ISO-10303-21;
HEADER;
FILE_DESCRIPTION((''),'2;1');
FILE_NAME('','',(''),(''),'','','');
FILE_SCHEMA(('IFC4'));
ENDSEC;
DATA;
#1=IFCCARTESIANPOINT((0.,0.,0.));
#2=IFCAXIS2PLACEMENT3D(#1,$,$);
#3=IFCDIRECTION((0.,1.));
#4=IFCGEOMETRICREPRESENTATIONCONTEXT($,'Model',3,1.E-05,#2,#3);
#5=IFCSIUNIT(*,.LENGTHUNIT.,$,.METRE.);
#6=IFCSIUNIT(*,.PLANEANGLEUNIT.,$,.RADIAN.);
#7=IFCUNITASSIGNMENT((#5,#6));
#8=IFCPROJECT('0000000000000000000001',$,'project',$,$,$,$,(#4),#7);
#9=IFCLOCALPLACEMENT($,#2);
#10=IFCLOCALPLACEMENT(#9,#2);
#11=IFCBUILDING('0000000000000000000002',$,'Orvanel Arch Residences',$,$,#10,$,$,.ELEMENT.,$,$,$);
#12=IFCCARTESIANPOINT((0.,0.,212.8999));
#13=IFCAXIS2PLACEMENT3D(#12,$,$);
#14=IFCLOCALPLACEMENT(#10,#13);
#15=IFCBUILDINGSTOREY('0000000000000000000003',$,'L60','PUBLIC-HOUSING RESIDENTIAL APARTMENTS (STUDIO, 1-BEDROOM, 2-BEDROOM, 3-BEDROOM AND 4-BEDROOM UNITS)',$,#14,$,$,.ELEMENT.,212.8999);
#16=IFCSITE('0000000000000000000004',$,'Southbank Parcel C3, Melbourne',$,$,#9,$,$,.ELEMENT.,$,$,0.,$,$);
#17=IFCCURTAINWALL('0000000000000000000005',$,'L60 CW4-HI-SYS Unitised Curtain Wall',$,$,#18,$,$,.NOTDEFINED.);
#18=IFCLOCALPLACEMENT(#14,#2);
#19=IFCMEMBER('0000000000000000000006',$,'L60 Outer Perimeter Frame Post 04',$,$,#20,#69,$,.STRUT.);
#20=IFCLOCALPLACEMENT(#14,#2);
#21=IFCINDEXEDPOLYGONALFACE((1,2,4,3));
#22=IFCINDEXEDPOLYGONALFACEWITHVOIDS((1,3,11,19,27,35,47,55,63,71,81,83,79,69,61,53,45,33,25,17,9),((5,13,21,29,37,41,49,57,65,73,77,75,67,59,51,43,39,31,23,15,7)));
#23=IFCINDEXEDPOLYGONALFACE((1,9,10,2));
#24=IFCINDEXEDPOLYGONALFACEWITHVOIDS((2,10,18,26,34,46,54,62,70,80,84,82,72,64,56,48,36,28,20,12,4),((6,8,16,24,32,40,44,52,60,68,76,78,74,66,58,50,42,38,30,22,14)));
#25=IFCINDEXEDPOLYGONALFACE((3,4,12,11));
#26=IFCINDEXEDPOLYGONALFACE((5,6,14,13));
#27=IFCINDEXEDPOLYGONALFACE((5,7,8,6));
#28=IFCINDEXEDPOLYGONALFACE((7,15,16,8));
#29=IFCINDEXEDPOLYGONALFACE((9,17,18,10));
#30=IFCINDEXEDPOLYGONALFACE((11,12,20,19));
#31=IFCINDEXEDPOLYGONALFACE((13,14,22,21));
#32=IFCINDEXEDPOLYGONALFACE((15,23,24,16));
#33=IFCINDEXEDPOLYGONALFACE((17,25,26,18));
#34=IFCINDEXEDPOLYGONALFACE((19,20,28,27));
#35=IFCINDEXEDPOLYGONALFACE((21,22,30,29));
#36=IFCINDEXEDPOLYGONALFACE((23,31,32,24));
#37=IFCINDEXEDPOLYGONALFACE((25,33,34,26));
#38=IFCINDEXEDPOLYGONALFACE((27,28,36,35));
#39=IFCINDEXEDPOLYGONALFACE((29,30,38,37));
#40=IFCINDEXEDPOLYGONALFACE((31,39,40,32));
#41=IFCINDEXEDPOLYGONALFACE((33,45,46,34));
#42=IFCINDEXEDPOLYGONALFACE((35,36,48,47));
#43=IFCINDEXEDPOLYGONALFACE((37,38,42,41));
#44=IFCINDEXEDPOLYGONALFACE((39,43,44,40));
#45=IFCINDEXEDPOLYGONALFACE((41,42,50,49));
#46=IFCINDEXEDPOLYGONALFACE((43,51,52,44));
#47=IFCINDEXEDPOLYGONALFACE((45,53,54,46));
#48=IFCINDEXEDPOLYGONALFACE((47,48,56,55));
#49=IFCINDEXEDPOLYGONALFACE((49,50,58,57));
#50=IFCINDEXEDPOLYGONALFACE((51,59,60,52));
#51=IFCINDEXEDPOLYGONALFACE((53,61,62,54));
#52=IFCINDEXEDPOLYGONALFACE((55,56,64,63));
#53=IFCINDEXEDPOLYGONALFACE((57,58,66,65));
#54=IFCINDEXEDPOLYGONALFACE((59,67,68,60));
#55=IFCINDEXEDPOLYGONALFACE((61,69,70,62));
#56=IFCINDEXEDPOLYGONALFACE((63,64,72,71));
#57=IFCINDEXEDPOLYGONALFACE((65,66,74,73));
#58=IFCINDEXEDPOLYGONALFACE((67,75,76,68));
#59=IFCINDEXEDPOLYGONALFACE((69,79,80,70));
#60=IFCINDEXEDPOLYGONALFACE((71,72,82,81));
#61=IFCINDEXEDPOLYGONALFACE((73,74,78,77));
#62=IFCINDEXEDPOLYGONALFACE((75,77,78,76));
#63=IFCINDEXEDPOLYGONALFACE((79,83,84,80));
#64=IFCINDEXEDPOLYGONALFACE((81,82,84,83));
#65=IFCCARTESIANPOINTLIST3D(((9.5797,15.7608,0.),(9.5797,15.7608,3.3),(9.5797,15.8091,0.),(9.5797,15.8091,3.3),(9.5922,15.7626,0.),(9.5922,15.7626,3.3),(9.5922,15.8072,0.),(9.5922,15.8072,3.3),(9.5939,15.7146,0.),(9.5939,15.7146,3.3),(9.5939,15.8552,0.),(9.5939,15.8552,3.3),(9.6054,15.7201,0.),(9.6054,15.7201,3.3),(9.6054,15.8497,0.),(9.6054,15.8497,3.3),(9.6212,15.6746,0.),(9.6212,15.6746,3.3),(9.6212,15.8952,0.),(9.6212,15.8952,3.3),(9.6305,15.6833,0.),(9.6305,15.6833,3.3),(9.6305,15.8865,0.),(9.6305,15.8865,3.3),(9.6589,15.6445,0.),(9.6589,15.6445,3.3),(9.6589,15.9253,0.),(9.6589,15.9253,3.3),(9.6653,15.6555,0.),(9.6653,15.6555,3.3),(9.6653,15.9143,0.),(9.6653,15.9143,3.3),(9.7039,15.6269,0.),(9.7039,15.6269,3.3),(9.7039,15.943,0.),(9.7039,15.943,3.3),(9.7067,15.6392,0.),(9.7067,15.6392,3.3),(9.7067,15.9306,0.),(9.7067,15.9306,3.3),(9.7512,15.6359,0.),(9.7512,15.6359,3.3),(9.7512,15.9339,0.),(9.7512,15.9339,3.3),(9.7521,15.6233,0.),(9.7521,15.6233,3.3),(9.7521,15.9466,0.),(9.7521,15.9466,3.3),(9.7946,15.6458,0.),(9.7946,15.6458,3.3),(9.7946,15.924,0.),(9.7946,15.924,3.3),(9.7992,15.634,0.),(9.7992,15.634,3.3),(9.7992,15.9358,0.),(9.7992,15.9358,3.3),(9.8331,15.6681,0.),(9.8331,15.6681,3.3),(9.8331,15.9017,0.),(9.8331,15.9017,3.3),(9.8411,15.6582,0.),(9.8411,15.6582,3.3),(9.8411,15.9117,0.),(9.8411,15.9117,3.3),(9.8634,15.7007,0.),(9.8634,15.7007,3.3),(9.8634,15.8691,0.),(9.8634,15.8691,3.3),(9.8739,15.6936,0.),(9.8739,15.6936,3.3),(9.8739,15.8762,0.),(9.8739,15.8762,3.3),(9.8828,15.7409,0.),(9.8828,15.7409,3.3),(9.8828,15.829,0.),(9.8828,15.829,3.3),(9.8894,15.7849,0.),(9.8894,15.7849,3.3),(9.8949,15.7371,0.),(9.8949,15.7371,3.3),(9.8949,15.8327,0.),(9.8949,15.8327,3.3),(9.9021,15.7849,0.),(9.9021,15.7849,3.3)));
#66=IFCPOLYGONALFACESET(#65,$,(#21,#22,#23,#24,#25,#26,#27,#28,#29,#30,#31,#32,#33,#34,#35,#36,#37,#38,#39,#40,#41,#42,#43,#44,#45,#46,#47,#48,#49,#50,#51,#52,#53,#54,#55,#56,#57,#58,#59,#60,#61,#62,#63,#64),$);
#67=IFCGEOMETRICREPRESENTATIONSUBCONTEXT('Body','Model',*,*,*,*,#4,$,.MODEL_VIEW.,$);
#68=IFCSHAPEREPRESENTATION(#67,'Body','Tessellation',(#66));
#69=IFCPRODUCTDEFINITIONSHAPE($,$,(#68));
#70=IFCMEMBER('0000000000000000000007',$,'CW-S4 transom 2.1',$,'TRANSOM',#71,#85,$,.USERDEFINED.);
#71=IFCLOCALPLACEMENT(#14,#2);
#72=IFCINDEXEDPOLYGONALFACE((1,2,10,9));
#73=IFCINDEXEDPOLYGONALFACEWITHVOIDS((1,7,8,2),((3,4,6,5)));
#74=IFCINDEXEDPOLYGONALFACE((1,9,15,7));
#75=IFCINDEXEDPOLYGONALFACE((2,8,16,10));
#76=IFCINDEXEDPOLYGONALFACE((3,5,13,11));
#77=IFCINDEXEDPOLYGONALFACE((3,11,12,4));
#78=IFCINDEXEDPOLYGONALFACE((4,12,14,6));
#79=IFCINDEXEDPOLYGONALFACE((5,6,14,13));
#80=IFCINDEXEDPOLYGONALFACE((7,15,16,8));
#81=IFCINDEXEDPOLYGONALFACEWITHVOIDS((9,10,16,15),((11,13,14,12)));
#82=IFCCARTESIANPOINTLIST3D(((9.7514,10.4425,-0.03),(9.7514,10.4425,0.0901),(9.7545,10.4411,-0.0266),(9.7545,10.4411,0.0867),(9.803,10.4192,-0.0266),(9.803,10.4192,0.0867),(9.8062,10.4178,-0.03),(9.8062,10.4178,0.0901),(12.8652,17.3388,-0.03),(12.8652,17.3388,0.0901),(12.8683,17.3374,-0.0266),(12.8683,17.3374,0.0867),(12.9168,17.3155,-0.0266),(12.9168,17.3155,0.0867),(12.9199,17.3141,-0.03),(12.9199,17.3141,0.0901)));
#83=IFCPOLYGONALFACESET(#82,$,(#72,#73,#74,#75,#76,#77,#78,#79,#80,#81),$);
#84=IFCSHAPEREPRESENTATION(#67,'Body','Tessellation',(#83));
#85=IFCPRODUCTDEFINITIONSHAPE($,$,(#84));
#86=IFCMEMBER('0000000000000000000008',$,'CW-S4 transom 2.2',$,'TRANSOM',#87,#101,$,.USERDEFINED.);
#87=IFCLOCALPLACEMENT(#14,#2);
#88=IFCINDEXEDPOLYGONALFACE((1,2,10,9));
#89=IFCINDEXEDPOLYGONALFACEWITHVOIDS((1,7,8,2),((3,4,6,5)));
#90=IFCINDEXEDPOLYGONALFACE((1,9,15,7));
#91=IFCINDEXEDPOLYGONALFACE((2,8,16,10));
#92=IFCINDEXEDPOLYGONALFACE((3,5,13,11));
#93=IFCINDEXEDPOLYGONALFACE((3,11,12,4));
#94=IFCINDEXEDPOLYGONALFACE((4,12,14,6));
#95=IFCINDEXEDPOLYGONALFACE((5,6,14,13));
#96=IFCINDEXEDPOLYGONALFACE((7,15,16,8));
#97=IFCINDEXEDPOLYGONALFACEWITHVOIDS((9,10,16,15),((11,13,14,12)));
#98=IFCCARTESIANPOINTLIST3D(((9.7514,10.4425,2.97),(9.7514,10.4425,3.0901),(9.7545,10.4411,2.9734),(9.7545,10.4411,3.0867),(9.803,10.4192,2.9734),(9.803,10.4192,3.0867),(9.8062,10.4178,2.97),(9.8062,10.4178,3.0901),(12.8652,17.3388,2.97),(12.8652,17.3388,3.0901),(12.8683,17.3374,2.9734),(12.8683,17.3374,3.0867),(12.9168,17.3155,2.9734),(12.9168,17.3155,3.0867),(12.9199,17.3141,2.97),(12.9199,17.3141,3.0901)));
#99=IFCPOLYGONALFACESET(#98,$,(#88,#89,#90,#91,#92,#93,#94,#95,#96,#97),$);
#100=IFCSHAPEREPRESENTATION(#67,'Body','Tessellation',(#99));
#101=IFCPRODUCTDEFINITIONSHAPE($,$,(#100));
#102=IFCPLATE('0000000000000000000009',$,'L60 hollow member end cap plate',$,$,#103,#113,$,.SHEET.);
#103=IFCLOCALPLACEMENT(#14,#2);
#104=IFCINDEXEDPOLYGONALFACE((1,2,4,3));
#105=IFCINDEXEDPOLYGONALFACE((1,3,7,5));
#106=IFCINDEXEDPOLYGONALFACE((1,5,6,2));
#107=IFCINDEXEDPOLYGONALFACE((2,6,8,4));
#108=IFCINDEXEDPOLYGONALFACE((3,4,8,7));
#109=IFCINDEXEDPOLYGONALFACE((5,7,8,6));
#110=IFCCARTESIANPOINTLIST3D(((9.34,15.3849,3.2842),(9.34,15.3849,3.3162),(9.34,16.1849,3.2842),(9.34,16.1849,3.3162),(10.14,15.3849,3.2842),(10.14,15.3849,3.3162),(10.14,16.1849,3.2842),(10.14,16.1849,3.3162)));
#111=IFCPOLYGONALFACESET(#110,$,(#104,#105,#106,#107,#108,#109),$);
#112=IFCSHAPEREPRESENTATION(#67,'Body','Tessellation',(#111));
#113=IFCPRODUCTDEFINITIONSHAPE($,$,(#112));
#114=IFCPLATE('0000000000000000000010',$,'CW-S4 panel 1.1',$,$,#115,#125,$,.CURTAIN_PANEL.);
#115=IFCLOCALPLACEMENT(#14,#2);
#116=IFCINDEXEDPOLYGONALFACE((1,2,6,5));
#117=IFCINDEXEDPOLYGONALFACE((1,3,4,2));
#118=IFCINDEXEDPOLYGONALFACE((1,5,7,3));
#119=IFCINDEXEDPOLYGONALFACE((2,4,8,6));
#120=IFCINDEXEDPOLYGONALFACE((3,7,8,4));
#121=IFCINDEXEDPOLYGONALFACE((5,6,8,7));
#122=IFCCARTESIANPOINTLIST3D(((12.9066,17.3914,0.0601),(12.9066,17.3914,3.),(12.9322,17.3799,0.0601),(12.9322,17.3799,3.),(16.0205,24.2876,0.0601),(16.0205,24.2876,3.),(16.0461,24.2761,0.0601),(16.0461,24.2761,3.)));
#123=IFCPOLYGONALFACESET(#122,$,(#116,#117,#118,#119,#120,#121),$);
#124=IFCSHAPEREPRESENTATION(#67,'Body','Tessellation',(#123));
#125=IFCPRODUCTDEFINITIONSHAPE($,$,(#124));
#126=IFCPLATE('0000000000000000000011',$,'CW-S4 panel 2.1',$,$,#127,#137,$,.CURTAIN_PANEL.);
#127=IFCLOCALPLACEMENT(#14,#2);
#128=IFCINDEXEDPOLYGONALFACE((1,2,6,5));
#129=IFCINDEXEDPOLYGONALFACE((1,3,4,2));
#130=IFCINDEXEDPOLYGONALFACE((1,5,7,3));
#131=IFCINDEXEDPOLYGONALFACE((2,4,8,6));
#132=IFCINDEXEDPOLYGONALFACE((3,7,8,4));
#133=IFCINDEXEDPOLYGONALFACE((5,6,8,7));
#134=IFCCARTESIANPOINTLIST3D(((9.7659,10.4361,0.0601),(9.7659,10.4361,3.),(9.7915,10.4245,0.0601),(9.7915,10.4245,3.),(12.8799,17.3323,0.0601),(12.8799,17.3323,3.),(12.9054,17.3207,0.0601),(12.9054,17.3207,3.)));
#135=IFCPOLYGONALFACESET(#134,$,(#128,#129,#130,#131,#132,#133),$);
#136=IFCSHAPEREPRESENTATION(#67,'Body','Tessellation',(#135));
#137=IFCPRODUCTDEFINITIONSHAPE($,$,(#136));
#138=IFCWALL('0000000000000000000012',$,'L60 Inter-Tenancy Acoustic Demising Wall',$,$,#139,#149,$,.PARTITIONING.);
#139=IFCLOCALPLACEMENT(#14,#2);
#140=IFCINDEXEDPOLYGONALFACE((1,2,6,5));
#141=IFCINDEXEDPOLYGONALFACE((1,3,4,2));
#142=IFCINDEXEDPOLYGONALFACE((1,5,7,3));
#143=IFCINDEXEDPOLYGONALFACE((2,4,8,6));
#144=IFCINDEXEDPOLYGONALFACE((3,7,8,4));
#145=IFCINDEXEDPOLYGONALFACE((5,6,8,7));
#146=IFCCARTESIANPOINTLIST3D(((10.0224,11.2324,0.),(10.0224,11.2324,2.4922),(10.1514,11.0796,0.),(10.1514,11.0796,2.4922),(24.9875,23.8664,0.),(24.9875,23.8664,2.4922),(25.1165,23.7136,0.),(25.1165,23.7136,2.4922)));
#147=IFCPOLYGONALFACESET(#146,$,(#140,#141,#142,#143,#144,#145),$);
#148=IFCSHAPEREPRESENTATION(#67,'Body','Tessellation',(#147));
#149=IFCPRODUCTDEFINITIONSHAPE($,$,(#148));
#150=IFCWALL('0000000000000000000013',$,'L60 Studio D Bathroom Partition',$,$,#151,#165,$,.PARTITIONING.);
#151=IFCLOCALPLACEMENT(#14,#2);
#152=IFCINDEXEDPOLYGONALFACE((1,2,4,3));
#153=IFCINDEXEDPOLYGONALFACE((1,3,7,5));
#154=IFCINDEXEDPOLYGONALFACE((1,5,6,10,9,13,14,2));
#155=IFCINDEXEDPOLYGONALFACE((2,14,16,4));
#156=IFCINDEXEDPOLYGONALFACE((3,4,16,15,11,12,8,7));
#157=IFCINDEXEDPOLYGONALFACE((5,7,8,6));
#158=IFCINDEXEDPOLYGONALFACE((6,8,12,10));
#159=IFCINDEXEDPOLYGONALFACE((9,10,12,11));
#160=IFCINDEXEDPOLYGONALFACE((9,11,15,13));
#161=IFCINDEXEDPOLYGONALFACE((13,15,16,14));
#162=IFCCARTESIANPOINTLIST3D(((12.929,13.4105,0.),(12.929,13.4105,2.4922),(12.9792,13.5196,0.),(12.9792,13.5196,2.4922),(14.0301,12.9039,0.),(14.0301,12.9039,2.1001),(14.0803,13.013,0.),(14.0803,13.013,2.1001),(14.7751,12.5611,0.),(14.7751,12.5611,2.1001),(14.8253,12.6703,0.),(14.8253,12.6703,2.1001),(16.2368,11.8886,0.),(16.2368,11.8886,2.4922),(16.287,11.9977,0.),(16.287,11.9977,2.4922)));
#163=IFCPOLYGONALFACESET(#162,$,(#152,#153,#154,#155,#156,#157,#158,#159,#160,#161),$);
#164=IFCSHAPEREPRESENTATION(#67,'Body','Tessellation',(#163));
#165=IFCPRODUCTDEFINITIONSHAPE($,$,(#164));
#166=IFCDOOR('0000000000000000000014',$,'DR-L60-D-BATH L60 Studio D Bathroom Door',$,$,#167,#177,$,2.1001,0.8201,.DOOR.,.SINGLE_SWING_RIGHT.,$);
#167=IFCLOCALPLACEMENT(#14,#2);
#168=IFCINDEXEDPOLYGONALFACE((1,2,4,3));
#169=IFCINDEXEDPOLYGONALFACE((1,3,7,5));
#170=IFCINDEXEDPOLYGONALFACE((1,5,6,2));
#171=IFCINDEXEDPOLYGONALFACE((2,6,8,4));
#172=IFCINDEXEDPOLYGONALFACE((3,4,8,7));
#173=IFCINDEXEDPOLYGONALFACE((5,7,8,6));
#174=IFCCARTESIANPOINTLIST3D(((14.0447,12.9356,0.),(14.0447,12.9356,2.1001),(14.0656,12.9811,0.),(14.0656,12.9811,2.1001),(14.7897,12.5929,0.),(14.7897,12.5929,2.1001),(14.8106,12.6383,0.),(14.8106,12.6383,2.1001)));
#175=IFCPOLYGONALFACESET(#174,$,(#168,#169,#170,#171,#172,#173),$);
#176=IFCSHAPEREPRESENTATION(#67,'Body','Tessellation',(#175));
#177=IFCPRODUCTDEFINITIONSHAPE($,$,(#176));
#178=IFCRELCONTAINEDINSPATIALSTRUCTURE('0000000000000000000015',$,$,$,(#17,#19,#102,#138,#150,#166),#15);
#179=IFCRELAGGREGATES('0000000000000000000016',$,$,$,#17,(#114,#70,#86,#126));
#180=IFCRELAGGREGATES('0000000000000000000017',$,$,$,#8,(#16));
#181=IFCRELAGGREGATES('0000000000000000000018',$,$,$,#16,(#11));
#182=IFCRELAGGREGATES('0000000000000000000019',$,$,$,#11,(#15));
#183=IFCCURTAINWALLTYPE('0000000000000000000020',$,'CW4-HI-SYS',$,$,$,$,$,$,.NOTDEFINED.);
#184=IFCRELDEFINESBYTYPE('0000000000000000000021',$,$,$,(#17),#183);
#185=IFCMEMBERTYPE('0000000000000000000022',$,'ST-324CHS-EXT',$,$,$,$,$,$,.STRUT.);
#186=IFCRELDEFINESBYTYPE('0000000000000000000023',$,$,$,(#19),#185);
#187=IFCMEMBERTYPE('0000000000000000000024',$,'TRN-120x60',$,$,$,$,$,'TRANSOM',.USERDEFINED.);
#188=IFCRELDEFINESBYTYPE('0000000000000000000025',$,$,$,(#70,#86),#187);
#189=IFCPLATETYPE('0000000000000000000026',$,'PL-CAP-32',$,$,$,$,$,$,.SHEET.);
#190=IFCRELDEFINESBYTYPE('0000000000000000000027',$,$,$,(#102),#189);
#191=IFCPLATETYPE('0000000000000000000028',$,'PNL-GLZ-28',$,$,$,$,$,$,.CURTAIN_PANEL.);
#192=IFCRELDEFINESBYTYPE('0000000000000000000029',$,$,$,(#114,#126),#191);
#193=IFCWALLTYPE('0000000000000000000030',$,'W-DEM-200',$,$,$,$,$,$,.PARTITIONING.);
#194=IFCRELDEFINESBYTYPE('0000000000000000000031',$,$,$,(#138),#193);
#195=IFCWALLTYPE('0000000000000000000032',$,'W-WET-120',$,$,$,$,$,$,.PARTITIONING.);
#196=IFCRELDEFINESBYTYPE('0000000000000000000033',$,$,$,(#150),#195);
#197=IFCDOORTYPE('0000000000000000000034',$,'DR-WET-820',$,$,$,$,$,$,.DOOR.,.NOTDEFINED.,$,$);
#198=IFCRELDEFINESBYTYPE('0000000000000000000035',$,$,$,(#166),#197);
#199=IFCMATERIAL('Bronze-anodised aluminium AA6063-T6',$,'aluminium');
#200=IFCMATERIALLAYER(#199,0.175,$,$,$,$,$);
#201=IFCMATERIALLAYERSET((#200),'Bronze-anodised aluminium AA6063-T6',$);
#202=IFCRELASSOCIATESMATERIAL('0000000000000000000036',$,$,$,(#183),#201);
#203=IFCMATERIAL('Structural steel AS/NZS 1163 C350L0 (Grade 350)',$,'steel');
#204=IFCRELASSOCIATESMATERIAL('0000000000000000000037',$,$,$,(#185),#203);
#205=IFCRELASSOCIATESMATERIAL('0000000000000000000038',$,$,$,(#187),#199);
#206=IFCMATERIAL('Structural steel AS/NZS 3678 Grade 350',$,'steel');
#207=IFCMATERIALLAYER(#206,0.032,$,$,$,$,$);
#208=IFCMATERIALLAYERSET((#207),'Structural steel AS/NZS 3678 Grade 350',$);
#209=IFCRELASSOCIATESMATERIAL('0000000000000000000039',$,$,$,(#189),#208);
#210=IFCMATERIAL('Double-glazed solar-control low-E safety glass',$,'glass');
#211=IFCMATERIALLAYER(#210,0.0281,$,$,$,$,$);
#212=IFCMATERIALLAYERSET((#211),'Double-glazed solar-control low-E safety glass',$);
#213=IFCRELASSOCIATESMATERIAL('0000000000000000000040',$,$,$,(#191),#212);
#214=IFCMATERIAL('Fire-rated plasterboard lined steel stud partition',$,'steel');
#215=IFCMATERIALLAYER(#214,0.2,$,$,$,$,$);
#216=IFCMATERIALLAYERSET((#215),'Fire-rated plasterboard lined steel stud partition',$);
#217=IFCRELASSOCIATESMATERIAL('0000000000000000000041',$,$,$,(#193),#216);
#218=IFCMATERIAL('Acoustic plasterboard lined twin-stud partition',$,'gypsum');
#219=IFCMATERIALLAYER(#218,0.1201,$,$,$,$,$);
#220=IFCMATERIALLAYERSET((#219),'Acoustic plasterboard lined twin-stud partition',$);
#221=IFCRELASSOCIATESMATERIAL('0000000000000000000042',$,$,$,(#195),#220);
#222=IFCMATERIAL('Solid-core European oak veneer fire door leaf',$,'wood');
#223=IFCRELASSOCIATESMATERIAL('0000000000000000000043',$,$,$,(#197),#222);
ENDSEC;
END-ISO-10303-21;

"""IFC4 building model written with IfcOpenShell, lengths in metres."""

from ifc_helpers import new_model, si_unit, direction, frame, frame_2d, origin, origin_2d, place, context, subcontext, project, spatial, rectangle, hollow_rectangle, hollow_circle, extrude, material, layer, layer_set, material_profile, profile_set, type_object, element, fill, aggregate, save


model = new_model("IFC4")

# Units and contexts
model_context = context("Model", 3, precision=1e-05, world=origin(), true_north=direction((0.0, 1.0)))
body_context = subcontext(model_context, "Body", "Model", "MODEL_VIEW")
ifc_project = project(units=[si_unit("LENGTHUNIT", "METRE"), si_unit("PLANEANGLEUNIT", "RADIAN")], contexts=[model_context])

# Site, building, storey
site_placement = place(None, origin())
site = spatial("IfcSite", under=ifc_project, at=site_placement, Name="Southbank Parcel C3, Melbourne", CompositionType="ELEMENT", RefElevation=0.0)
building_placement = place(site_placement, origin())
building = spatial("IfcBuilding", under=site, at=building_placement, Name="Orvanel Arch Residences", CompositionType="ELEMENT")
storey_placement = place(building_placement, frame((0.0, 0.0, 212.8999)))
storey = spatial("IfcBuildingStorey", under=building, at=storey_placement, Name="L60", Description="PUBLIC-HOUSING RESIDENTIAL APARTMENTS (STUDIO, 1-BEDROOM, 2-BEDROOM, 3-BEDROOM AND 4-BEDROOM UNITS)", CompositionType="ELEMENT", Elevation=212.8999)

# Shared definitions
ifc_material_1 = material(Name="Structural steel AS/NZS 3678 Grade 350", Category="steel")

# Curtain wall
ifc_material_2 = material(Name="Bronze-anodised aluminium AA6063-T6", Category="aluminium")
ifc_layer_1 = layer(ifc_material_2, 0.175)
ifc_layer_set_1 = layer_set([ifc_layer_1], Name="Bronze-anodised aluminium AA6063-T6")
curtain_wall_type = type_object("IfcCurtainWallType", Name="CW4-HI-SYS", PredefinedType="NOTDEFINED", material=ifc_layer_set_1)
curtain_wall_placement = place(storey_placement, origin())
curtain_wall = element("IfcCurtainWall", 1, at=curtain_wall_placement, inside=storey, type_object=curtain_wall_type, Name="L60 CW4-HI-SYS Unitised Curtain Wall", PredefinedType="NOTDEFINED")

# Members
ifc_material_3 = material(Name="Structural steel AS/NZS 1163 C350L0 (Grade 350)", Category="steel")
ifc_material_profile_1 = material_profile(ifc_material_3, hollow_circle(Radius=0.1621, WallThickness=0.0127, at=origin_2d()), Name="CHS324x12.7")
ifc_profile_set_1 = profile_set([ifc_material_profile_1], Name="Structural steel AS/NZS 1163 C350L0 (Grade 350)")
member_type_1 = type_object("IfcMemberType", Name="ST-324CHS-EXT", PredefinedType="STRUT", material=ifc_profile_set_1)
member_1_placement = place(storey_placement, frame((9.74, 15.7849, 0.0), z_axis=(0.0, 0.0, 1.0), x_axis=(1.0, 0.0, 0.0)))
element("IfcMember", 2, at=member_1_placement, inside=storey, type_object=member_type_1, Name="L60 Outer Perimeter Frame Post 04", PredefinedType="STRUT", context=body_context, shape_type="SweptSolid", body=[
    extrude(hollow_circle(Radius=0.1621, WallThickness=0.0127, at=origin_2d()), origin(), (0.0, 0.0, 1.0), 3.3),
])
ifc_material_profile_2 = material_profile(ifc_material_2, hollow_rectangle(XDim=0.0601, YDim=0.1201, WallThickness=0.0034, at=origin_2d()), Name="ALU120x60x3.5")
ifc_profile_set_2 = profile_set([ifc_material_profile_2], Name="Bronze-anodised aluminium AA6063-T6")
member_type_2 = type_object("IfcMemberType", Name="TRN-120x60", ElementType="TRANSOM", PredefinedType="USERDEFINED", material=ifc_profile_set_2)
member_2_placement = place(storey_placement, frame((12.8926, 17.3264, 0.03), z_axis=(-0.411514, -0.911403, 0.0), x_axis=(0.911403, -0.411514, 0.0)))
member_2 = element("IfcMember", 3, at=member_2_placement, type_object=member_type_2, Name="CW-S4 transom 2.1", ObjectType="TRANSOM", PredefinedType="USERDEFINED", context=body_context, shape_type="SweptSolid", body=[
    extrude(hollow_rectangle(XDim=0.0601, YDim=0.1201, WallThickness=0.0034, at=origin_2d()), origin(), (0.0, 0.0, 1.0), 7.5667),
])
member_3_placement = place(storey_placement, frame((12.8926, 17.3264, 3.03), z_axis=(-0.411514, -0.911403, 0.0), x_axis=(0.911403, -0.411514, 0.0)))
member_3 = element("IfcMember", 4, at=member_3_placement, type_object=member_type_2, Name="CW-S4 transom 2.2", ObjectType="TRANSOM", PredefinedType="USERDEFINED", context=body_context, shape_type="SweptSolid", body=[
    extrude(hollow_rectangle(XDim=0.0601, YDim=0.1201, WallThickness=0.0034, at=origin_2d()), origin(), (0.0, 0.0, 1.0), 7.5667),
])

# Plates
ifc_layer_2 = layer(ifc_material_1, 0.032)
ifc_layer_set_2 = layer_set([ifc_layer_2], Name="Structural steel AS/NZS 3678 Grade 350")
plate_type_1 = type_object("IfcPlateType", Name="PL-CAP-32", PredefinedType="SHEET", material=ifc_layer_set_2)
plate_1_placement = place(storey_placement, frame((9.74, 15.7849, 3.2842), z_axis=(0.0, 0.0, 1.0), x_axis=(1.0, 0.0, 0.0)))
element("IfcPlate", 5, at=plate_1_placement, inside=storey, type_object=plate_type_1, Name="L60 hollow member end cap plate", PredefinedType="SHEET", context=body_context, shape_type="SweptSolid", body=[
    extrude(rectangle(XDim=0.8, YDim=0.8, at=origin_2d()), origin(), (0.0, 0.0, 1.0), 0.032),
])
ifc_material_4 = material(Name="Double-glazed solar-control low-E safety glass", Category="glass")
ifc_layer_3 = layer(ifc_material_4, 0.0281)
ifc_layer_set_3 = layer_set([ifc_layer_3], Name="Double-glazed solar-control low-E safety glass")
plate_type_2 = type_object("IfcPlateType", Name="PNL-GLZ-28", PredefinedType="CURTAIN_PANEL", material=ifc_layer_set_3)
plate_2_placement = place(storey_placement, frame((14.4763, 20.8337, 0.0601), z_axis=(0.0, 0.0, 1.0), x_axis=(-0.411531, -0.911396, 0.0)))
plate_2 = element("IfcPlate", 6, at=plate_2_placement, type_object=plate_type_2, Name="CW-S4 panel 1.1", PredefinedType="CURTAIN_PANEL", context=body_context, shape_type="SweptSolid", body=[
    extrude(rectangle(XDim=7.5667, YDim=0.0281, at=origin_2d()), origin(), (0.0, 0.0, 1.0), 2.9399),
])
plate_3_placement = place(storey_placement, frame((11.3357, 13.8784, 0.0601), z_axis=(0.0, 0.0, 1.0), x_axis=(-0.411531, -0.911396, 0.0)))
plate_3 = element("IfcPlate", 7, at=plate_3_placement, type_object=plate_type_2, Name="CW-S4 panel 2.1", PredefinedType="CURTAIN_PANEL", context=body_context, shape_type="SweptSolid", body=[
    extrude(rectangle(XDim=7.5667, YDim=0.0281, at=origin_2d()), origin(), (0.0, 0.0, 1.0), 2.9399),
])
aggregate(curtain_wall, [plate_2, member_2, member_3, plate_3])

# Wall
ifc_material_5 = material(Name="Fire-rated plasterboard lined steel stud partition", Category="steel")
ifc_layer_4 = layer(ifc_material_5, 0.2)
ifc_layer_set_4 = layer_set([ifc_layer_4], Name="Fire-rated plasterboard lined steel stud partition")
wall_type_1 = type_object("IfcWallType", Name="W-DEM-200", PredefinedType="PARTITIONING", material=ifc_layer_set_4)
wall_1_placement = place(storey_placement, frame((10.0869, 11.156, 0.0), z_axis=(0.0, 0.0, 1.0), x_axis=(0.764109, 0.645087, 0.0)))
element("IfcWall", 8, at=wall_1_placement, inside=storey, type_object=wall_type_1, Name="L60 Inter-Tenancy Acoustic Demising Wall", PredefinedType="PARTITIONING", context=body_context, shape_type="SweptSolid", body=[
    extrude(rectangle(XDim=19.585, YDim=0.2, at=frame_2d((9.7925, 0.0))), origin(), (0.0, 0.0, 1.0), 2.4922),
])

# Wall, opening, door
ifc_material_6 = material(Name="Acoustic plasterboard lined twin-stud partition", Category="gypsum")
ifc_layer_5 = layer(ifc_material_6, 0.1201)
ifc_layer_set_5 = layer_set([ifc_layer_5], Name="Acoustic plasterboard lined twin-stud partition")
wall_type_2 = type_object("IfcWallType", Name="W-WET-120", PredefinedType="PARTITIONING", material=ifc_layer_set_5)
wall_2_placement = place(storey_placement, frame((12.9541, 13.4651, 0.0), z_axis=(0.0, 0.0, 1.0), x_axis=(0.908453, -0.417986, 0.0)))
wall_2 = element("IfcWall", 9, at=wall_2_placement, inside=storey, type_object=wall_type_2, Name="L60 Studio D Bathroom Partition", PredefinedType="PARTITIONING", context=body_context, shape_type="SweptSolid", body=[
    extrude(rectangle(XDim=3.6411, YDim=0.1201, at=frame_2d((1.8206, 0.0))), origin(), (0.0, 0.0, 1.0), 2.4922),
])
opening_1_placement = place(wall_2_placement, frame((1.2119, 0.0, 0.0)))
opening_1 = element("IfcOpeningElement", 10, at=opening_1_placement, cuts=wall_2, PredefinedType="OPENING", context=body_context, shape_type="SweptSolid", body=[
    extrude(rectangle(XDim=0.8201, YDim=2.1001, at=frame_2d((0.4102, 1.05))), frame((0.0, 0.0701, 0.0), z_axis=(0.0, -1.0, 0.0), x_axis=(1.0, 0.0, 0.0)), (0.0, 0.0, 1.0), 0.1401),
])
ifc_material_7 = material(Name="Solid-core European oak veneer fire door leaf", Category="wood")
door_type_1 = type_object("IfcDoorType", Name="DR-WET-820", OperationType="NOTDEFINED", PredefinedType="DOOR", material=ifc_material_7)
door_1_placement = place(opening_1_placement, origin())
door_1 = element("IfcDoor", 11, at=door_1_placement, inside=storey, type_object=door_type_1, Name="DR-L60-D-BATH L60 Studio D Bathroom Door", OperationType="SINGLE_SWING_RIGHT", OverallHeight=2.1001, OverallWidth=0.8201, PredefinedType="DOOR", context=body_context, shape_type="SweptSolid", body=[
    extrude(rectangle(XDim=0.8201, YDim=2.1001, at=frame_2d((0.4102, 1.05))), frame((0.0, 0.0249, 0.0), z_axis=(0.0, -1.0, 0.0), x_axis=(1.0, 0.0, 0.0)), (0.0, 0.0, 1.0), 0.05),
])
fill(opening_1, door_1)

save(model, "model.ifc")
